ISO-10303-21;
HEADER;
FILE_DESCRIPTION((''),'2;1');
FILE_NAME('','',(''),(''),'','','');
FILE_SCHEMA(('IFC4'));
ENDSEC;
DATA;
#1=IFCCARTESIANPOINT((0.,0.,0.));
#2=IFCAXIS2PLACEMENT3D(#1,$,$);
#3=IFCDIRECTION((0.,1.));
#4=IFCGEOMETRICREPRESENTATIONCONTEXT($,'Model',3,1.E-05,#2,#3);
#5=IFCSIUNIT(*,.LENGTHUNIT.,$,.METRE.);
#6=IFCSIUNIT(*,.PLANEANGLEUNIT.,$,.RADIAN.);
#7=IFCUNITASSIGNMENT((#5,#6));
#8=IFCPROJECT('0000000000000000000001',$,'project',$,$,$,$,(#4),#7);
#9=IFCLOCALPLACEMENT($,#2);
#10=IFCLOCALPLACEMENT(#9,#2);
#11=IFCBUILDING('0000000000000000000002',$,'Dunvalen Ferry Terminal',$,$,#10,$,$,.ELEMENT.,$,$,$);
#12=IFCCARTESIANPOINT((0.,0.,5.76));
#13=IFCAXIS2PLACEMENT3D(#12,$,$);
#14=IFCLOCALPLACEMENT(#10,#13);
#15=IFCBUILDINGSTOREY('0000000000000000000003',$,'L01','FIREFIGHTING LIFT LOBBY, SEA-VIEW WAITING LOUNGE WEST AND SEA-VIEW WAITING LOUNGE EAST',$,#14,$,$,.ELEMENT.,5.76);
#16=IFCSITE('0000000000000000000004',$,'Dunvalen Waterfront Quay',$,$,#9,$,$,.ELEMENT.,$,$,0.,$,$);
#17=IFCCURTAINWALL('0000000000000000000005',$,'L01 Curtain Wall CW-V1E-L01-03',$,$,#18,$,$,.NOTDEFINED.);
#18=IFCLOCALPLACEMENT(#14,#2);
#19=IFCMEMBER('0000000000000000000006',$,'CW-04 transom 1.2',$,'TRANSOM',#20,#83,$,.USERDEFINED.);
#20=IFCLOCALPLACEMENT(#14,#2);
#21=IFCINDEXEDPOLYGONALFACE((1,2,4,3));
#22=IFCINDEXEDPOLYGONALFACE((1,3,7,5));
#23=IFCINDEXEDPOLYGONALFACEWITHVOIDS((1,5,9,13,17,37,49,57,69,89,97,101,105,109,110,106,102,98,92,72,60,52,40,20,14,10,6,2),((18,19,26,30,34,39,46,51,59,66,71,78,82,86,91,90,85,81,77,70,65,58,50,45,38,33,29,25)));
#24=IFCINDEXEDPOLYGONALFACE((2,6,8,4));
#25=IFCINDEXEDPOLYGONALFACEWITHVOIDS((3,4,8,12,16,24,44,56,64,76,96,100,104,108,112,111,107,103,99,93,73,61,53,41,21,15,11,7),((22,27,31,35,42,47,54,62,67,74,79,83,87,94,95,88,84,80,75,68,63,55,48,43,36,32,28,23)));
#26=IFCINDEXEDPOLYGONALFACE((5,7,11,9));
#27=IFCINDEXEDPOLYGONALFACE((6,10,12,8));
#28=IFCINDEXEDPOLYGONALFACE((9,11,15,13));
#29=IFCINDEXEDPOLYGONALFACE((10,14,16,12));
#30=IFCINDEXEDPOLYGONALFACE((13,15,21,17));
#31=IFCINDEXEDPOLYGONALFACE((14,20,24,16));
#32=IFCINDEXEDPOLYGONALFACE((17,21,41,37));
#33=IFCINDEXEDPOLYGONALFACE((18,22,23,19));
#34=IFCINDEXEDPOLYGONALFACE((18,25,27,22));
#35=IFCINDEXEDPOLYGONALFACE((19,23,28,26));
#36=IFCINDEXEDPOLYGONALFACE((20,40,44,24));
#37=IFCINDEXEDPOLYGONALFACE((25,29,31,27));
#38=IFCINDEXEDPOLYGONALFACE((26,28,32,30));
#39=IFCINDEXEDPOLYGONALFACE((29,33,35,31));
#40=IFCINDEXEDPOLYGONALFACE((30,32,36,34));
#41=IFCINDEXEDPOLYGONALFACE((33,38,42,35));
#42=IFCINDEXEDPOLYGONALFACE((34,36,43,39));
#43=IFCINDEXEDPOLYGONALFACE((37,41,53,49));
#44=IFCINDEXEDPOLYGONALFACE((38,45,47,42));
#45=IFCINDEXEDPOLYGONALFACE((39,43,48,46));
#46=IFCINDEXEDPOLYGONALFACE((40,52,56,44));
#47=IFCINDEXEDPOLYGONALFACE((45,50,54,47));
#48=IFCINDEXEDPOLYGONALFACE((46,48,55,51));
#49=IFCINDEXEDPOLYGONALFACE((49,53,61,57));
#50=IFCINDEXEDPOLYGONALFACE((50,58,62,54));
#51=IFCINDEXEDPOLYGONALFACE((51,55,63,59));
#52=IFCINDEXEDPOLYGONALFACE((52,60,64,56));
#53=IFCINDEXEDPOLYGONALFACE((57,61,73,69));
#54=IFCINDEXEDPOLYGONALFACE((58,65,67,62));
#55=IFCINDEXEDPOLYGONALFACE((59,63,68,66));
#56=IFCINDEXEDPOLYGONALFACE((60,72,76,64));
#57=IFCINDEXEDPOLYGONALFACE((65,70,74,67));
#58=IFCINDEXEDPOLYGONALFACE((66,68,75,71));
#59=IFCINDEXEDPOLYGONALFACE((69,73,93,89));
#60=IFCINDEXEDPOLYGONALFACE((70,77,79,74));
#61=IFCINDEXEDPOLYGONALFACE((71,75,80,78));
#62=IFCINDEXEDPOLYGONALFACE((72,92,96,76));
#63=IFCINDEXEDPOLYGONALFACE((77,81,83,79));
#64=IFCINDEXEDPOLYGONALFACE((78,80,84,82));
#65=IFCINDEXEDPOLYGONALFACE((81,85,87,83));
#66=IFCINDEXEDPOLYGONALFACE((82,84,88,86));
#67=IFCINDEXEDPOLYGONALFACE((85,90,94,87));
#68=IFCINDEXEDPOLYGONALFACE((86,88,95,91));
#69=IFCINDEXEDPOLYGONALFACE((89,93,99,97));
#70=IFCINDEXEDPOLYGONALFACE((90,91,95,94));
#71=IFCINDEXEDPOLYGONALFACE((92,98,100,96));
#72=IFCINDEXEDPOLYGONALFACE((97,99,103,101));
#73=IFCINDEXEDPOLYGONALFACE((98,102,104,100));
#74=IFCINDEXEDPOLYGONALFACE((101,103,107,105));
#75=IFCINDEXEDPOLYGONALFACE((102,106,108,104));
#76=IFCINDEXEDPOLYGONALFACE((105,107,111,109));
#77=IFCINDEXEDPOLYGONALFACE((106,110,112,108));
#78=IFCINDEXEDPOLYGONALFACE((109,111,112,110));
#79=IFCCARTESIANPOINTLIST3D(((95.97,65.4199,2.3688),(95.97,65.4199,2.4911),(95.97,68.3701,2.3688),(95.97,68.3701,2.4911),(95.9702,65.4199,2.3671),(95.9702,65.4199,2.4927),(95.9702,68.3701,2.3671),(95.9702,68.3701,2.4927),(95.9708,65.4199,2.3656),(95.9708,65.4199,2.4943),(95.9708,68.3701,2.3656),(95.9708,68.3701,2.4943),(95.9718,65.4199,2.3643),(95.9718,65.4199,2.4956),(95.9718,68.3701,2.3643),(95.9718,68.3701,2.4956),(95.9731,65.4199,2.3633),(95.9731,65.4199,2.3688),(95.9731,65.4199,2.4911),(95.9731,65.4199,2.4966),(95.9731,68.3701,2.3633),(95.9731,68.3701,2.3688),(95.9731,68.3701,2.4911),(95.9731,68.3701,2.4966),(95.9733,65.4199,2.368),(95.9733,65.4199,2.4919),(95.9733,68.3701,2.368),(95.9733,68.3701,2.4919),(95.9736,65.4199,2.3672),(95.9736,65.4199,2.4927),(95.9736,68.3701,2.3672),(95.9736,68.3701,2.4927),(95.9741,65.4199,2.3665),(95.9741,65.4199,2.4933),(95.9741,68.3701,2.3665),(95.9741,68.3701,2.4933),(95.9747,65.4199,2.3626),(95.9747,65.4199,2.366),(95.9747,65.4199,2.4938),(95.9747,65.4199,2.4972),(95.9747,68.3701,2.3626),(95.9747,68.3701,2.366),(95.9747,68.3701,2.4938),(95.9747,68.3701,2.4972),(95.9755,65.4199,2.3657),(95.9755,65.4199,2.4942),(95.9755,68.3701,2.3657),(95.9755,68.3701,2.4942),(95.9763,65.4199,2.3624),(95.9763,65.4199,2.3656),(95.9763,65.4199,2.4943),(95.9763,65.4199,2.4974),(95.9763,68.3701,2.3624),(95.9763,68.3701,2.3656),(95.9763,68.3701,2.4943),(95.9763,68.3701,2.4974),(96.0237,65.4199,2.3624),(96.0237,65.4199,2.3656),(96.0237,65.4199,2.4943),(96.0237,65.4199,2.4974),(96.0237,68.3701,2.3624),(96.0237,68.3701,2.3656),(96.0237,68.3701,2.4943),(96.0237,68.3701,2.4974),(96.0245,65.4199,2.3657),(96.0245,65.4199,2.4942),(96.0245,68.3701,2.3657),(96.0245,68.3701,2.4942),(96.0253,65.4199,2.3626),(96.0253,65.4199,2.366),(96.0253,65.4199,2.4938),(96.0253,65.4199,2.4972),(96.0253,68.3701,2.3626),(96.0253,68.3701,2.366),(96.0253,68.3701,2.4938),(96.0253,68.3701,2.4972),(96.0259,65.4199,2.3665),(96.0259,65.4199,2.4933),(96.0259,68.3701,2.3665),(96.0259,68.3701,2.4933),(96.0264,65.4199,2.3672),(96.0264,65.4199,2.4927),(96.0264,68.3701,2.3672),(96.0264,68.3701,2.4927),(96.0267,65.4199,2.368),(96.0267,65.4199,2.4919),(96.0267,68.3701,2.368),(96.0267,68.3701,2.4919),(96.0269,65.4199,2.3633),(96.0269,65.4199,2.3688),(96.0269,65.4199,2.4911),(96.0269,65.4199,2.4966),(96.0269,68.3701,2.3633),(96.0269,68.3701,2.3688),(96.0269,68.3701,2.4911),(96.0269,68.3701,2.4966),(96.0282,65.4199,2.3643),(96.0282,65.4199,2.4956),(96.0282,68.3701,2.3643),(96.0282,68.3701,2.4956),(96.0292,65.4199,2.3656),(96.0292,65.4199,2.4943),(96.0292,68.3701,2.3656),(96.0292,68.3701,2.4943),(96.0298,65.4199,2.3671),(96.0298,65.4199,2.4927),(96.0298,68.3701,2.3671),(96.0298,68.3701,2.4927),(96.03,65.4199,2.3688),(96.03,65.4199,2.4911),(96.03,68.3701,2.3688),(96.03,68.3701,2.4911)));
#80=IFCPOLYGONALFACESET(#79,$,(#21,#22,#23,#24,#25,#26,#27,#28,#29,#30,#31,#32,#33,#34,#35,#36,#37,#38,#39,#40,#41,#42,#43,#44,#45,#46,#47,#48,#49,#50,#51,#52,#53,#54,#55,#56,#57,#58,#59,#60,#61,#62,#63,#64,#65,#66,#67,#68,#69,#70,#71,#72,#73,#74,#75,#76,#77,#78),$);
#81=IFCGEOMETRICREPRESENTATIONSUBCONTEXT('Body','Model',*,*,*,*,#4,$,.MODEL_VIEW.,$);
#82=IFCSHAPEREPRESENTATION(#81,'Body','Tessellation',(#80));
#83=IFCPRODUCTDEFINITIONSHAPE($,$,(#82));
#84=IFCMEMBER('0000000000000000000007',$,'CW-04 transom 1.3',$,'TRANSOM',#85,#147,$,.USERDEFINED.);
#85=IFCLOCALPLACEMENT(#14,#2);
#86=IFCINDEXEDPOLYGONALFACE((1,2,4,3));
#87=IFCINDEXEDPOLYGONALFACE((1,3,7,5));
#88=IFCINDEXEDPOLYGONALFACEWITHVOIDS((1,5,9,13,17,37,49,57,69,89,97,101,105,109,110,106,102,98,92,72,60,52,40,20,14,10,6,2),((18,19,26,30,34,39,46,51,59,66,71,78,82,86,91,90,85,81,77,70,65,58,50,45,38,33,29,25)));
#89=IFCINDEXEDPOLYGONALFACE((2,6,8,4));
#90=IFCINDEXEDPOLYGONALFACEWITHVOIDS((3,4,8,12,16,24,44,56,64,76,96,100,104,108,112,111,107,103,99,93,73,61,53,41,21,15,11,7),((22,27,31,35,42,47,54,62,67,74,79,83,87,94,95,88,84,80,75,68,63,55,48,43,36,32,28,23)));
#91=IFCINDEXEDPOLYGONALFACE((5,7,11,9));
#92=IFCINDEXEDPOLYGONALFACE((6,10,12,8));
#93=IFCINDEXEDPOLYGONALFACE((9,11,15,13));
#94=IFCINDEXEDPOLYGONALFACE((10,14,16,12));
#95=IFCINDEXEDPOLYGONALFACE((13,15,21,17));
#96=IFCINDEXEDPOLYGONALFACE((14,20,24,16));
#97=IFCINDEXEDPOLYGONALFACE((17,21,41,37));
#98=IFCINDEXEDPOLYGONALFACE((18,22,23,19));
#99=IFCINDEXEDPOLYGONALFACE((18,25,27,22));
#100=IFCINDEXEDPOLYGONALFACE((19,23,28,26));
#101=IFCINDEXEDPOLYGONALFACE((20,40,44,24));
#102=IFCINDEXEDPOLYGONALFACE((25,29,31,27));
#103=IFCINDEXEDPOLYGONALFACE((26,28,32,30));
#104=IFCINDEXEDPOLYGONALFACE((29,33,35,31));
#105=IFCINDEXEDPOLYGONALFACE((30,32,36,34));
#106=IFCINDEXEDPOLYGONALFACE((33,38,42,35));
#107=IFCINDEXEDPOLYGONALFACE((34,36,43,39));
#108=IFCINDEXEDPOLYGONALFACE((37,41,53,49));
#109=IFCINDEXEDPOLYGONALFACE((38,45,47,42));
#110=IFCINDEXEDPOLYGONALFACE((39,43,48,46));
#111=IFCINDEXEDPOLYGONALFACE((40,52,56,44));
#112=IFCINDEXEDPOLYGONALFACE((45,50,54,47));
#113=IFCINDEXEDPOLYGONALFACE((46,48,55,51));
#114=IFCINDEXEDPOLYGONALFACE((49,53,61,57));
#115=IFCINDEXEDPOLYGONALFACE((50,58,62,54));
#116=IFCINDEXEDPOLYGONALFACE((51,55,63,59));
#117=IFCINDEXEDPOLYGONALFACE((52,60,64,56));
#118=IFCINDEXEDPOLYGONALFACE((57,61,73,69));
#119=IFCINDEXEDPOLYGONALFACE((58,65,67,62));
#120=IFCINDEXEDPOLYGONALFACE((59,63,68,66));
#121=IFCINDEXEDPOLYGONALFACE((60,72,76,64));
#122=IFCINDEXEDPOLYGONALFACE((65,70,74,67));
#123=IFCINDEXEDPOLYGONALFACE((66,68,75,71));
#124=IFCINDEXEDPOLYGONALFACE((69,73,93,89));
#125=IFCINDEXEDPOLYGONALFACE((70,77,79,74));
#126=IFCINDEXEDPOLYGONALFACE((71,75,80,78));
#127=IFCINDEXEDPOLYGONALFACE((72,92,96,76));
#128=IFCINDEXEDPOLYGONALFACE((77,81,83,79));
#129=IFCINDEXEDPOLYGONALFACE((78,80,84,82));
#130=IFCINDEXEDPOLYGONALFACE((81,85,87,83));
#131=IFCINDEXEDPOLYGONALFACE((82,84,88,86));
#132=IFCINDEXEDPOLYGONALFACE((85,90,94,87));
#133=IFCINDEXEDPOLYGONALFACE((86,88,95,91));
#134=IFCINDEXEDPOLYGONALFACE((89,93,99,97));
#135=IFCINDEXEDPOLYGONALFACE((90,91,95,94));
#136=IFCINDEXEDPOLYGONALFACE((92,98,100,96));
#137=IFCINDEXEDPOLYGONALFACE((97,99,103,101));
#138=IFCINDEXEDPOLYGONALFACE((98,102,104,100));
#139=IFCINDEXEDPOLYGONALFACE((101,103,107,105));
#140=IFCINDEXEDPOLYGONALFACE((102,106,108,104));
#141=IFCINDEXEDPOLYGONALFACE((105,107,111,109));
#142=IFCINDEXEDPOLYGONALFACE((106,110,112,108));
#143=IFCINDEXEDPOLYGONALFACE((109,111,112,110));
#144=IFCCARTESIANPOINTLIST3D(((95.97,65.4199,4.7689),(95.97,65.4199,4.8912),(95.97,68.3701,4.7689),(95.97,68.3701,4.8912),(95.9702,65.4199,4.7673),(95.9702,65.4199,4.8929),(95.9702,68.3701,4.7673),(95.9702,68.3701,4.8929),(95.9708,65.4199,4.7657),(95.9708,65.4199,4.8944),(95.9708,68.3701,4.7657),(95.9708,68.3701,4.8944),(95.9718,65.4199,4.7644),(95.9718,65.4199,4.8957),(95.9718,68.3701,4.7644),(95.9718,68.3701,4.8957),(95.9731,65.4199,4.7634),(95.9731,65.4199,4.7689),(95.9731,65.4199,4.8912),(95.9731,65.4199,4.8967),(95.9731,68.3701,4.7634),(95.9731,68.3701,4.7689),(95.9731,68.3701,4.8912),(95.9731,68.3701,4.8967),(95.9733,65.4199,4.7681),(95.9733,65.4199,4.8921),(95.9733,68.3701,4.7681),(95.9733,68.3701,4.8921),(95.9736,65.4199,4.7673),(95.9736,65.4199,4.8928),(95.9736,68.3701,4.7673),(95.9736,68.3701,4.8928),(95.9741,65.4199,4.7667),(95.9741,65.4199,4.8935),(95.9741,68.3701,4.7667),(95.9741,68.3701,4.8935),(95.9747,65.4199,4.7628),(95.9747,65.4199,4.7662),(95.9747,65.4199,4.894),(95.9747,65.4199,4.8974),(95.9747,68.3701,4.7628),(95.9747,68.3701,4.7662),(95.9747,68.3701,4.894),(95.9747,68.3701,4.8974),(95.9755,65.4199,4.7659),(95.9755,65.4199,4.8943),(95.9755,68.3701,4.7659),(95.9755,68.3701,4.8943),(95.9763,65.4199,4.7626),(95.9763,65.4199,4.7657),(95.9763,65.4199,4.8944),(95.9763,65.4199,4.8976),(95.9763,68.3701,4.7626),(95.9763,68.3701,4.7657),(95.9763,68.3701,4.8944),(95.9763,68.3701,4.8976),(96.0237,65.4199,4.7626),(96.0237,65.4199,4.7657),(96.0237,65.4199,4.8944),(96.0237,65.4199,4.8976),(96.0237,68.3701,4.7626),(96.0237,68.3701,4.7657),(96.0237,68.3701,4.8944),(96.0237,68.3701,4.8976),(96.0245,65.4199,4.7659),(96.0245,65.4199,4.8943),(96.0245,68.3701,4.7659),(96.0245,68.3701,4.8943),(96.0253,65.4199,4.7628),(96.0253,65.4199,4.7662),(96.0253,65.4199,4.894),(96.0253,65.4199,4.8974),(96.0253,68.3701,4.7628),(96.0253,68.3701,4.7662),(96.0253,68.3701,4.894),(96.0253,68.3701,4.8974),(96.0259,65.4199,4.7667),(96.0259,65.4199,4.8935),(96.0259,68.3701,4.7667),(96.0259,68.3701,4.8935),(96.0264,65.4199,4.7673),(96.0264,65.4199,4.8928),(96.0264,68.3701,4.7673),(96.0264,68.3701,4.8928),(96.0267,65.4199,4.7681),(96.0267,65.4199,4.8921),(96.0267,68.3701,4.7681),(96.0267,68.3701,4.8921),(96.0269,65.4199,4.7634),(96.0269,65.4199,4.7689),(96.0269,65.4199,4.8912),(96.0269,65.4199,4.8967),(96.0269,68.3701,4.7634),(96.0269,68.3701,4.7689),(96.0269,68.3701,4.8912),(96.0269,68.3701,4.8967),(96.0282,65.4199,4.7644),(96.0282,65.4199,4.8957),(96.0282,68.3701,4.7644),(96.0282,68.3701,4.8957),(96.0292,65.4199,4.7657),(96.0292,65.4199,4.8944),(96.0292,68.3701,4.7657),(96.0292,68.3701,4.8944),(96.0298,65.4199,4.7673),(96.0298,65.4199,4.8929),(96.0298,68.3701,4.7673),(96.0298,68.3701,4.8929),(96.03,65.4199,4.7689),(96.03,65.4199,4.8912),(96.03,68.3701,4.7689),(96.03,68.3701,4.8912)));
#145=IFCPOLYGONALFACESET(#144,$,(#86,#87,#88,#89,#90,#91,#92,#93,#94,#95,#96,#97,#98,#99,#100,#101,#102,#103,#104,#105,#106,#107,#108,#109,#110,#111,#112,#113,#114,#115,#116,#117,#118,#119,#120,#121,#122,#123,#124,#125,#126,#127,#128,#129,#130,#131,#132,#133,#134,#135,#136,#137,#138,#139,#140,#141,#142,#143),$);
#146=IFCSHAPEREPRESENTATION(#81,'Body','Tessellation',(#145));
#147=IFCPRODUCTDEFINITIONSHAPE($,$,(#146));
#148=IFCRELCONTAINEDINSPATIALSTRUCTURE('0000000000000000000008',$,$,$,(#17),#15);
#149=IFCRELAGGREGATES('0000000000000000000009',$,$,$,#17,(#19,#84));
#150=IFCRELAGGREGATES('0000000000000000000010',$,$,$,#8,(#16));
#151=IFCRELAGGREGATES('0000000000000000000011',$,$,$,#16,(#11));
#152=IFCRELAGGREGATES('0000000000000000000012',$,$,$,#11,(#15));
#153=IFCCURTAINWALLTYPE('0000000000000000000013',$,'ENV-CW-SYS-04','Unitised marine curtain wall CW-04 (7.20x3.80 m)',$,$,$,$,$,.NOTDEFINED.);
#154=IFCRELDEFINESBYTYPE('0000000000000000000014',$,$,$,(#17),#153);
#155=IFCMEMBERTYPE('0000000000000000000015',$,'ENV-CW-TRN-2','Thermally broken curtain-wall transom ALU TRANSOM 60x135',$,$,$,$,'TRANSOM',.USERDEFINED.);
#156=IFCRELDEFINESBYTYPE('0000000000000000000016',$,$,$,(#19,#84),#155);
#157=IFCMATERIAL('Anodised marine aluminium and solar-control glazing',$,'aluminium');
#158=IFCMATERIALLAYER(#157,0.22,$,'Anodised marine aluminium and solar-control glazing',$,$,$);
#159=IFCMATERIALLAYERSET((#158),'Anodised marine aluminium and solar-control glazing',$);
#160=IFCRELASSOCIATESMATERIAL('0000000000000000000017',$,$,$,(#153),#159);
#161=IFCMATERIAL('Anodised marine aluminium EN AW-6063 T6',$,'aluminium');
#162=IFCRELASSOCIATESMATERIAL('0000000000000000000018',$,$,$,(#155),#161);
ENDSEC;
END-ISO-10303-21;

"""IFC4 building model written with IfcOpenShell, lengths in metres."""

from ifc_helpers import new_model, si_unit, direction, frame, origin, origin_2d, place, context, subcontext, project, spatial, hollow_rectangle, extrude, material, layer, layer_set, material_profile, profile_set, type_object, element, aggregate, save


model = new_model("IFC4")

# Units and contexts
model_context = context("Model", 3, precision=1e-05, world=origin(), true_north=direction((0.0, 1.0)))
body_context = subcontext(model_context, "Body", "Model", "MODEL_VIEW")
ifc_project = project(units=[si_unit("LENGTHUNIT", "METRE"), si_unit("PLANEANGLEUNIT", "RADIAN")], contexts=[model_context])

# Site, building, storey
site_placement = place(None, origin())
site = spatial("IfcSite", under=ifc_project, at=site_placement, Name="Dunvalen Waterfront Quay", CompositionType="ELEMENT", RefElevation=0.0)
building_placement = place(site_placement, origin())
building = spatial("IfcBuilding", under=site, at=building_placement, Name="Dunvalen Ferry Terminal", CompositionType="ELEMENT")
storey_placement = place(building_placement, frame((0.0, 0.0, 5.76)))
storey = spatial("IfcBuildingStorey", under=building, at=storey_placement, Name="L01", Description="FIREFIGHTING LIFT LOBBY, SEA-VIEW WAITING LOUNGE WEST AND SEA-VIEW WAITING LOUNGE EAST", CompositionType="ELEMENT", Elevation=5.76)

# Shared definitions
ifc_material_1 = material(Name="Anodised marine aluminium and solar-control glazing", Category="aluminium")
ifc_layer_1 = layer(ifc_material_1, 0.22, Name="Anodised marine aluminium and solar-control glazing")
ifc_layer_set_1 = layer_set([ifc_layer_1], Name="Anodised marine aluminium and solar-control glazing")
curtain_wall_type = type_object("IfcCurtainWallType", Name="ENV-CW-SYS-04", Description="Unitised marine curtain wall CW-04 (7.20x3.80 m)", PredefinedType="NOTDEFINED", material=ifc_layer_set_1)
ifc_material_2 = material(Name="Anodised marine aluminium EN AW-6063 T6", Category="aluminium")

# Curtain wall
curtain_wall_1_placement = place(storey_placement, origin())
curtain_wall_1 = element("IfcCurtainWall", 1, at=curtain_wall_1_placement, inside=storey, type_object=curtain_wall_type, Name="L01 Curtain Wall CW-V1E-L01-03", PredefinedType="NOTDEFINED")

# Members
ifc_material_profile_1 = material_profile(ifc_material_2, hollow_rectangle(XDim=0.0601, YDim=0.135, WallThickness=0.0032, InnerFilletRadius=0.0032, OuterFilletRadius=0.0063, at=origin_2d()), Name="Anodised marine aluminium EN AW-6063 T6")
ifc_profile_set_1 = profile_set([ifc_material_profile_1], Name="Anodised marine aluminium EN AW-6063 T6")
member_type_1 = type_object("IfcMemberType", Name="ENV-CW-TRN-2", Description="Thermally broken curtain-wall transom ALU TRANSOM 60x135", ElementType="TRANSOM", PredefinedType="USERDEFINED", material=ifc_profile_set_1)
member_1_placement = place(storey_placement, frame((96.0, 65.4199, 2.4299), z_axis=(0.0, 1.0, 0.0), x_axis=(-1.0, 0.0, 0.0)))
member_1 = element("IfcMember", 2, at=member_1_placement, type_object=member_type_1, Name="CW-04 transom 1.2", ObjectType="TRANSOM", PredefinedType="USERDEFINED", context=body_context, shape_type="SweptSolid", body=[
    extrude(hollow_rectangle(XDim=0.0601, YDim=0.135, WallThickness=0.0032, InnerFilletRadius=0.0032, OuterFilletRadius=0.0063, at=origin_2d()), origin(), (0.0, 0.0, 1.0), 2.9502),
])
member_2_placement = place(storey_placement, frame((96.0, 65.4199, 4.8301), z_axis=(0.0, 1.0, 0.0), x_axis=(-1.0, 0.0, 0.0)))
member_2 = element("IfcMember", 3, at=member_2_placement, type_object=member_type_1, Name="CW-04 transom 1.3", ObjectType="TRANSOM", PredefinedType="USERDEFINED", context=body_context, shape_type="SweptSolid", body=[
    extrude(hollow_rectangle(XDim=0.0601, YDim=0.135, WallThickness=0.0032, InnerFilletRadius=0.0032, OuterFilletRadius=0.0063, at=origin_2d()), origin(), (0.0, 0.0, 1.0), 2.9502),
])

aggregate(curtain_wall_1, [member_1, member_2])

save(model, "model.ifc")
